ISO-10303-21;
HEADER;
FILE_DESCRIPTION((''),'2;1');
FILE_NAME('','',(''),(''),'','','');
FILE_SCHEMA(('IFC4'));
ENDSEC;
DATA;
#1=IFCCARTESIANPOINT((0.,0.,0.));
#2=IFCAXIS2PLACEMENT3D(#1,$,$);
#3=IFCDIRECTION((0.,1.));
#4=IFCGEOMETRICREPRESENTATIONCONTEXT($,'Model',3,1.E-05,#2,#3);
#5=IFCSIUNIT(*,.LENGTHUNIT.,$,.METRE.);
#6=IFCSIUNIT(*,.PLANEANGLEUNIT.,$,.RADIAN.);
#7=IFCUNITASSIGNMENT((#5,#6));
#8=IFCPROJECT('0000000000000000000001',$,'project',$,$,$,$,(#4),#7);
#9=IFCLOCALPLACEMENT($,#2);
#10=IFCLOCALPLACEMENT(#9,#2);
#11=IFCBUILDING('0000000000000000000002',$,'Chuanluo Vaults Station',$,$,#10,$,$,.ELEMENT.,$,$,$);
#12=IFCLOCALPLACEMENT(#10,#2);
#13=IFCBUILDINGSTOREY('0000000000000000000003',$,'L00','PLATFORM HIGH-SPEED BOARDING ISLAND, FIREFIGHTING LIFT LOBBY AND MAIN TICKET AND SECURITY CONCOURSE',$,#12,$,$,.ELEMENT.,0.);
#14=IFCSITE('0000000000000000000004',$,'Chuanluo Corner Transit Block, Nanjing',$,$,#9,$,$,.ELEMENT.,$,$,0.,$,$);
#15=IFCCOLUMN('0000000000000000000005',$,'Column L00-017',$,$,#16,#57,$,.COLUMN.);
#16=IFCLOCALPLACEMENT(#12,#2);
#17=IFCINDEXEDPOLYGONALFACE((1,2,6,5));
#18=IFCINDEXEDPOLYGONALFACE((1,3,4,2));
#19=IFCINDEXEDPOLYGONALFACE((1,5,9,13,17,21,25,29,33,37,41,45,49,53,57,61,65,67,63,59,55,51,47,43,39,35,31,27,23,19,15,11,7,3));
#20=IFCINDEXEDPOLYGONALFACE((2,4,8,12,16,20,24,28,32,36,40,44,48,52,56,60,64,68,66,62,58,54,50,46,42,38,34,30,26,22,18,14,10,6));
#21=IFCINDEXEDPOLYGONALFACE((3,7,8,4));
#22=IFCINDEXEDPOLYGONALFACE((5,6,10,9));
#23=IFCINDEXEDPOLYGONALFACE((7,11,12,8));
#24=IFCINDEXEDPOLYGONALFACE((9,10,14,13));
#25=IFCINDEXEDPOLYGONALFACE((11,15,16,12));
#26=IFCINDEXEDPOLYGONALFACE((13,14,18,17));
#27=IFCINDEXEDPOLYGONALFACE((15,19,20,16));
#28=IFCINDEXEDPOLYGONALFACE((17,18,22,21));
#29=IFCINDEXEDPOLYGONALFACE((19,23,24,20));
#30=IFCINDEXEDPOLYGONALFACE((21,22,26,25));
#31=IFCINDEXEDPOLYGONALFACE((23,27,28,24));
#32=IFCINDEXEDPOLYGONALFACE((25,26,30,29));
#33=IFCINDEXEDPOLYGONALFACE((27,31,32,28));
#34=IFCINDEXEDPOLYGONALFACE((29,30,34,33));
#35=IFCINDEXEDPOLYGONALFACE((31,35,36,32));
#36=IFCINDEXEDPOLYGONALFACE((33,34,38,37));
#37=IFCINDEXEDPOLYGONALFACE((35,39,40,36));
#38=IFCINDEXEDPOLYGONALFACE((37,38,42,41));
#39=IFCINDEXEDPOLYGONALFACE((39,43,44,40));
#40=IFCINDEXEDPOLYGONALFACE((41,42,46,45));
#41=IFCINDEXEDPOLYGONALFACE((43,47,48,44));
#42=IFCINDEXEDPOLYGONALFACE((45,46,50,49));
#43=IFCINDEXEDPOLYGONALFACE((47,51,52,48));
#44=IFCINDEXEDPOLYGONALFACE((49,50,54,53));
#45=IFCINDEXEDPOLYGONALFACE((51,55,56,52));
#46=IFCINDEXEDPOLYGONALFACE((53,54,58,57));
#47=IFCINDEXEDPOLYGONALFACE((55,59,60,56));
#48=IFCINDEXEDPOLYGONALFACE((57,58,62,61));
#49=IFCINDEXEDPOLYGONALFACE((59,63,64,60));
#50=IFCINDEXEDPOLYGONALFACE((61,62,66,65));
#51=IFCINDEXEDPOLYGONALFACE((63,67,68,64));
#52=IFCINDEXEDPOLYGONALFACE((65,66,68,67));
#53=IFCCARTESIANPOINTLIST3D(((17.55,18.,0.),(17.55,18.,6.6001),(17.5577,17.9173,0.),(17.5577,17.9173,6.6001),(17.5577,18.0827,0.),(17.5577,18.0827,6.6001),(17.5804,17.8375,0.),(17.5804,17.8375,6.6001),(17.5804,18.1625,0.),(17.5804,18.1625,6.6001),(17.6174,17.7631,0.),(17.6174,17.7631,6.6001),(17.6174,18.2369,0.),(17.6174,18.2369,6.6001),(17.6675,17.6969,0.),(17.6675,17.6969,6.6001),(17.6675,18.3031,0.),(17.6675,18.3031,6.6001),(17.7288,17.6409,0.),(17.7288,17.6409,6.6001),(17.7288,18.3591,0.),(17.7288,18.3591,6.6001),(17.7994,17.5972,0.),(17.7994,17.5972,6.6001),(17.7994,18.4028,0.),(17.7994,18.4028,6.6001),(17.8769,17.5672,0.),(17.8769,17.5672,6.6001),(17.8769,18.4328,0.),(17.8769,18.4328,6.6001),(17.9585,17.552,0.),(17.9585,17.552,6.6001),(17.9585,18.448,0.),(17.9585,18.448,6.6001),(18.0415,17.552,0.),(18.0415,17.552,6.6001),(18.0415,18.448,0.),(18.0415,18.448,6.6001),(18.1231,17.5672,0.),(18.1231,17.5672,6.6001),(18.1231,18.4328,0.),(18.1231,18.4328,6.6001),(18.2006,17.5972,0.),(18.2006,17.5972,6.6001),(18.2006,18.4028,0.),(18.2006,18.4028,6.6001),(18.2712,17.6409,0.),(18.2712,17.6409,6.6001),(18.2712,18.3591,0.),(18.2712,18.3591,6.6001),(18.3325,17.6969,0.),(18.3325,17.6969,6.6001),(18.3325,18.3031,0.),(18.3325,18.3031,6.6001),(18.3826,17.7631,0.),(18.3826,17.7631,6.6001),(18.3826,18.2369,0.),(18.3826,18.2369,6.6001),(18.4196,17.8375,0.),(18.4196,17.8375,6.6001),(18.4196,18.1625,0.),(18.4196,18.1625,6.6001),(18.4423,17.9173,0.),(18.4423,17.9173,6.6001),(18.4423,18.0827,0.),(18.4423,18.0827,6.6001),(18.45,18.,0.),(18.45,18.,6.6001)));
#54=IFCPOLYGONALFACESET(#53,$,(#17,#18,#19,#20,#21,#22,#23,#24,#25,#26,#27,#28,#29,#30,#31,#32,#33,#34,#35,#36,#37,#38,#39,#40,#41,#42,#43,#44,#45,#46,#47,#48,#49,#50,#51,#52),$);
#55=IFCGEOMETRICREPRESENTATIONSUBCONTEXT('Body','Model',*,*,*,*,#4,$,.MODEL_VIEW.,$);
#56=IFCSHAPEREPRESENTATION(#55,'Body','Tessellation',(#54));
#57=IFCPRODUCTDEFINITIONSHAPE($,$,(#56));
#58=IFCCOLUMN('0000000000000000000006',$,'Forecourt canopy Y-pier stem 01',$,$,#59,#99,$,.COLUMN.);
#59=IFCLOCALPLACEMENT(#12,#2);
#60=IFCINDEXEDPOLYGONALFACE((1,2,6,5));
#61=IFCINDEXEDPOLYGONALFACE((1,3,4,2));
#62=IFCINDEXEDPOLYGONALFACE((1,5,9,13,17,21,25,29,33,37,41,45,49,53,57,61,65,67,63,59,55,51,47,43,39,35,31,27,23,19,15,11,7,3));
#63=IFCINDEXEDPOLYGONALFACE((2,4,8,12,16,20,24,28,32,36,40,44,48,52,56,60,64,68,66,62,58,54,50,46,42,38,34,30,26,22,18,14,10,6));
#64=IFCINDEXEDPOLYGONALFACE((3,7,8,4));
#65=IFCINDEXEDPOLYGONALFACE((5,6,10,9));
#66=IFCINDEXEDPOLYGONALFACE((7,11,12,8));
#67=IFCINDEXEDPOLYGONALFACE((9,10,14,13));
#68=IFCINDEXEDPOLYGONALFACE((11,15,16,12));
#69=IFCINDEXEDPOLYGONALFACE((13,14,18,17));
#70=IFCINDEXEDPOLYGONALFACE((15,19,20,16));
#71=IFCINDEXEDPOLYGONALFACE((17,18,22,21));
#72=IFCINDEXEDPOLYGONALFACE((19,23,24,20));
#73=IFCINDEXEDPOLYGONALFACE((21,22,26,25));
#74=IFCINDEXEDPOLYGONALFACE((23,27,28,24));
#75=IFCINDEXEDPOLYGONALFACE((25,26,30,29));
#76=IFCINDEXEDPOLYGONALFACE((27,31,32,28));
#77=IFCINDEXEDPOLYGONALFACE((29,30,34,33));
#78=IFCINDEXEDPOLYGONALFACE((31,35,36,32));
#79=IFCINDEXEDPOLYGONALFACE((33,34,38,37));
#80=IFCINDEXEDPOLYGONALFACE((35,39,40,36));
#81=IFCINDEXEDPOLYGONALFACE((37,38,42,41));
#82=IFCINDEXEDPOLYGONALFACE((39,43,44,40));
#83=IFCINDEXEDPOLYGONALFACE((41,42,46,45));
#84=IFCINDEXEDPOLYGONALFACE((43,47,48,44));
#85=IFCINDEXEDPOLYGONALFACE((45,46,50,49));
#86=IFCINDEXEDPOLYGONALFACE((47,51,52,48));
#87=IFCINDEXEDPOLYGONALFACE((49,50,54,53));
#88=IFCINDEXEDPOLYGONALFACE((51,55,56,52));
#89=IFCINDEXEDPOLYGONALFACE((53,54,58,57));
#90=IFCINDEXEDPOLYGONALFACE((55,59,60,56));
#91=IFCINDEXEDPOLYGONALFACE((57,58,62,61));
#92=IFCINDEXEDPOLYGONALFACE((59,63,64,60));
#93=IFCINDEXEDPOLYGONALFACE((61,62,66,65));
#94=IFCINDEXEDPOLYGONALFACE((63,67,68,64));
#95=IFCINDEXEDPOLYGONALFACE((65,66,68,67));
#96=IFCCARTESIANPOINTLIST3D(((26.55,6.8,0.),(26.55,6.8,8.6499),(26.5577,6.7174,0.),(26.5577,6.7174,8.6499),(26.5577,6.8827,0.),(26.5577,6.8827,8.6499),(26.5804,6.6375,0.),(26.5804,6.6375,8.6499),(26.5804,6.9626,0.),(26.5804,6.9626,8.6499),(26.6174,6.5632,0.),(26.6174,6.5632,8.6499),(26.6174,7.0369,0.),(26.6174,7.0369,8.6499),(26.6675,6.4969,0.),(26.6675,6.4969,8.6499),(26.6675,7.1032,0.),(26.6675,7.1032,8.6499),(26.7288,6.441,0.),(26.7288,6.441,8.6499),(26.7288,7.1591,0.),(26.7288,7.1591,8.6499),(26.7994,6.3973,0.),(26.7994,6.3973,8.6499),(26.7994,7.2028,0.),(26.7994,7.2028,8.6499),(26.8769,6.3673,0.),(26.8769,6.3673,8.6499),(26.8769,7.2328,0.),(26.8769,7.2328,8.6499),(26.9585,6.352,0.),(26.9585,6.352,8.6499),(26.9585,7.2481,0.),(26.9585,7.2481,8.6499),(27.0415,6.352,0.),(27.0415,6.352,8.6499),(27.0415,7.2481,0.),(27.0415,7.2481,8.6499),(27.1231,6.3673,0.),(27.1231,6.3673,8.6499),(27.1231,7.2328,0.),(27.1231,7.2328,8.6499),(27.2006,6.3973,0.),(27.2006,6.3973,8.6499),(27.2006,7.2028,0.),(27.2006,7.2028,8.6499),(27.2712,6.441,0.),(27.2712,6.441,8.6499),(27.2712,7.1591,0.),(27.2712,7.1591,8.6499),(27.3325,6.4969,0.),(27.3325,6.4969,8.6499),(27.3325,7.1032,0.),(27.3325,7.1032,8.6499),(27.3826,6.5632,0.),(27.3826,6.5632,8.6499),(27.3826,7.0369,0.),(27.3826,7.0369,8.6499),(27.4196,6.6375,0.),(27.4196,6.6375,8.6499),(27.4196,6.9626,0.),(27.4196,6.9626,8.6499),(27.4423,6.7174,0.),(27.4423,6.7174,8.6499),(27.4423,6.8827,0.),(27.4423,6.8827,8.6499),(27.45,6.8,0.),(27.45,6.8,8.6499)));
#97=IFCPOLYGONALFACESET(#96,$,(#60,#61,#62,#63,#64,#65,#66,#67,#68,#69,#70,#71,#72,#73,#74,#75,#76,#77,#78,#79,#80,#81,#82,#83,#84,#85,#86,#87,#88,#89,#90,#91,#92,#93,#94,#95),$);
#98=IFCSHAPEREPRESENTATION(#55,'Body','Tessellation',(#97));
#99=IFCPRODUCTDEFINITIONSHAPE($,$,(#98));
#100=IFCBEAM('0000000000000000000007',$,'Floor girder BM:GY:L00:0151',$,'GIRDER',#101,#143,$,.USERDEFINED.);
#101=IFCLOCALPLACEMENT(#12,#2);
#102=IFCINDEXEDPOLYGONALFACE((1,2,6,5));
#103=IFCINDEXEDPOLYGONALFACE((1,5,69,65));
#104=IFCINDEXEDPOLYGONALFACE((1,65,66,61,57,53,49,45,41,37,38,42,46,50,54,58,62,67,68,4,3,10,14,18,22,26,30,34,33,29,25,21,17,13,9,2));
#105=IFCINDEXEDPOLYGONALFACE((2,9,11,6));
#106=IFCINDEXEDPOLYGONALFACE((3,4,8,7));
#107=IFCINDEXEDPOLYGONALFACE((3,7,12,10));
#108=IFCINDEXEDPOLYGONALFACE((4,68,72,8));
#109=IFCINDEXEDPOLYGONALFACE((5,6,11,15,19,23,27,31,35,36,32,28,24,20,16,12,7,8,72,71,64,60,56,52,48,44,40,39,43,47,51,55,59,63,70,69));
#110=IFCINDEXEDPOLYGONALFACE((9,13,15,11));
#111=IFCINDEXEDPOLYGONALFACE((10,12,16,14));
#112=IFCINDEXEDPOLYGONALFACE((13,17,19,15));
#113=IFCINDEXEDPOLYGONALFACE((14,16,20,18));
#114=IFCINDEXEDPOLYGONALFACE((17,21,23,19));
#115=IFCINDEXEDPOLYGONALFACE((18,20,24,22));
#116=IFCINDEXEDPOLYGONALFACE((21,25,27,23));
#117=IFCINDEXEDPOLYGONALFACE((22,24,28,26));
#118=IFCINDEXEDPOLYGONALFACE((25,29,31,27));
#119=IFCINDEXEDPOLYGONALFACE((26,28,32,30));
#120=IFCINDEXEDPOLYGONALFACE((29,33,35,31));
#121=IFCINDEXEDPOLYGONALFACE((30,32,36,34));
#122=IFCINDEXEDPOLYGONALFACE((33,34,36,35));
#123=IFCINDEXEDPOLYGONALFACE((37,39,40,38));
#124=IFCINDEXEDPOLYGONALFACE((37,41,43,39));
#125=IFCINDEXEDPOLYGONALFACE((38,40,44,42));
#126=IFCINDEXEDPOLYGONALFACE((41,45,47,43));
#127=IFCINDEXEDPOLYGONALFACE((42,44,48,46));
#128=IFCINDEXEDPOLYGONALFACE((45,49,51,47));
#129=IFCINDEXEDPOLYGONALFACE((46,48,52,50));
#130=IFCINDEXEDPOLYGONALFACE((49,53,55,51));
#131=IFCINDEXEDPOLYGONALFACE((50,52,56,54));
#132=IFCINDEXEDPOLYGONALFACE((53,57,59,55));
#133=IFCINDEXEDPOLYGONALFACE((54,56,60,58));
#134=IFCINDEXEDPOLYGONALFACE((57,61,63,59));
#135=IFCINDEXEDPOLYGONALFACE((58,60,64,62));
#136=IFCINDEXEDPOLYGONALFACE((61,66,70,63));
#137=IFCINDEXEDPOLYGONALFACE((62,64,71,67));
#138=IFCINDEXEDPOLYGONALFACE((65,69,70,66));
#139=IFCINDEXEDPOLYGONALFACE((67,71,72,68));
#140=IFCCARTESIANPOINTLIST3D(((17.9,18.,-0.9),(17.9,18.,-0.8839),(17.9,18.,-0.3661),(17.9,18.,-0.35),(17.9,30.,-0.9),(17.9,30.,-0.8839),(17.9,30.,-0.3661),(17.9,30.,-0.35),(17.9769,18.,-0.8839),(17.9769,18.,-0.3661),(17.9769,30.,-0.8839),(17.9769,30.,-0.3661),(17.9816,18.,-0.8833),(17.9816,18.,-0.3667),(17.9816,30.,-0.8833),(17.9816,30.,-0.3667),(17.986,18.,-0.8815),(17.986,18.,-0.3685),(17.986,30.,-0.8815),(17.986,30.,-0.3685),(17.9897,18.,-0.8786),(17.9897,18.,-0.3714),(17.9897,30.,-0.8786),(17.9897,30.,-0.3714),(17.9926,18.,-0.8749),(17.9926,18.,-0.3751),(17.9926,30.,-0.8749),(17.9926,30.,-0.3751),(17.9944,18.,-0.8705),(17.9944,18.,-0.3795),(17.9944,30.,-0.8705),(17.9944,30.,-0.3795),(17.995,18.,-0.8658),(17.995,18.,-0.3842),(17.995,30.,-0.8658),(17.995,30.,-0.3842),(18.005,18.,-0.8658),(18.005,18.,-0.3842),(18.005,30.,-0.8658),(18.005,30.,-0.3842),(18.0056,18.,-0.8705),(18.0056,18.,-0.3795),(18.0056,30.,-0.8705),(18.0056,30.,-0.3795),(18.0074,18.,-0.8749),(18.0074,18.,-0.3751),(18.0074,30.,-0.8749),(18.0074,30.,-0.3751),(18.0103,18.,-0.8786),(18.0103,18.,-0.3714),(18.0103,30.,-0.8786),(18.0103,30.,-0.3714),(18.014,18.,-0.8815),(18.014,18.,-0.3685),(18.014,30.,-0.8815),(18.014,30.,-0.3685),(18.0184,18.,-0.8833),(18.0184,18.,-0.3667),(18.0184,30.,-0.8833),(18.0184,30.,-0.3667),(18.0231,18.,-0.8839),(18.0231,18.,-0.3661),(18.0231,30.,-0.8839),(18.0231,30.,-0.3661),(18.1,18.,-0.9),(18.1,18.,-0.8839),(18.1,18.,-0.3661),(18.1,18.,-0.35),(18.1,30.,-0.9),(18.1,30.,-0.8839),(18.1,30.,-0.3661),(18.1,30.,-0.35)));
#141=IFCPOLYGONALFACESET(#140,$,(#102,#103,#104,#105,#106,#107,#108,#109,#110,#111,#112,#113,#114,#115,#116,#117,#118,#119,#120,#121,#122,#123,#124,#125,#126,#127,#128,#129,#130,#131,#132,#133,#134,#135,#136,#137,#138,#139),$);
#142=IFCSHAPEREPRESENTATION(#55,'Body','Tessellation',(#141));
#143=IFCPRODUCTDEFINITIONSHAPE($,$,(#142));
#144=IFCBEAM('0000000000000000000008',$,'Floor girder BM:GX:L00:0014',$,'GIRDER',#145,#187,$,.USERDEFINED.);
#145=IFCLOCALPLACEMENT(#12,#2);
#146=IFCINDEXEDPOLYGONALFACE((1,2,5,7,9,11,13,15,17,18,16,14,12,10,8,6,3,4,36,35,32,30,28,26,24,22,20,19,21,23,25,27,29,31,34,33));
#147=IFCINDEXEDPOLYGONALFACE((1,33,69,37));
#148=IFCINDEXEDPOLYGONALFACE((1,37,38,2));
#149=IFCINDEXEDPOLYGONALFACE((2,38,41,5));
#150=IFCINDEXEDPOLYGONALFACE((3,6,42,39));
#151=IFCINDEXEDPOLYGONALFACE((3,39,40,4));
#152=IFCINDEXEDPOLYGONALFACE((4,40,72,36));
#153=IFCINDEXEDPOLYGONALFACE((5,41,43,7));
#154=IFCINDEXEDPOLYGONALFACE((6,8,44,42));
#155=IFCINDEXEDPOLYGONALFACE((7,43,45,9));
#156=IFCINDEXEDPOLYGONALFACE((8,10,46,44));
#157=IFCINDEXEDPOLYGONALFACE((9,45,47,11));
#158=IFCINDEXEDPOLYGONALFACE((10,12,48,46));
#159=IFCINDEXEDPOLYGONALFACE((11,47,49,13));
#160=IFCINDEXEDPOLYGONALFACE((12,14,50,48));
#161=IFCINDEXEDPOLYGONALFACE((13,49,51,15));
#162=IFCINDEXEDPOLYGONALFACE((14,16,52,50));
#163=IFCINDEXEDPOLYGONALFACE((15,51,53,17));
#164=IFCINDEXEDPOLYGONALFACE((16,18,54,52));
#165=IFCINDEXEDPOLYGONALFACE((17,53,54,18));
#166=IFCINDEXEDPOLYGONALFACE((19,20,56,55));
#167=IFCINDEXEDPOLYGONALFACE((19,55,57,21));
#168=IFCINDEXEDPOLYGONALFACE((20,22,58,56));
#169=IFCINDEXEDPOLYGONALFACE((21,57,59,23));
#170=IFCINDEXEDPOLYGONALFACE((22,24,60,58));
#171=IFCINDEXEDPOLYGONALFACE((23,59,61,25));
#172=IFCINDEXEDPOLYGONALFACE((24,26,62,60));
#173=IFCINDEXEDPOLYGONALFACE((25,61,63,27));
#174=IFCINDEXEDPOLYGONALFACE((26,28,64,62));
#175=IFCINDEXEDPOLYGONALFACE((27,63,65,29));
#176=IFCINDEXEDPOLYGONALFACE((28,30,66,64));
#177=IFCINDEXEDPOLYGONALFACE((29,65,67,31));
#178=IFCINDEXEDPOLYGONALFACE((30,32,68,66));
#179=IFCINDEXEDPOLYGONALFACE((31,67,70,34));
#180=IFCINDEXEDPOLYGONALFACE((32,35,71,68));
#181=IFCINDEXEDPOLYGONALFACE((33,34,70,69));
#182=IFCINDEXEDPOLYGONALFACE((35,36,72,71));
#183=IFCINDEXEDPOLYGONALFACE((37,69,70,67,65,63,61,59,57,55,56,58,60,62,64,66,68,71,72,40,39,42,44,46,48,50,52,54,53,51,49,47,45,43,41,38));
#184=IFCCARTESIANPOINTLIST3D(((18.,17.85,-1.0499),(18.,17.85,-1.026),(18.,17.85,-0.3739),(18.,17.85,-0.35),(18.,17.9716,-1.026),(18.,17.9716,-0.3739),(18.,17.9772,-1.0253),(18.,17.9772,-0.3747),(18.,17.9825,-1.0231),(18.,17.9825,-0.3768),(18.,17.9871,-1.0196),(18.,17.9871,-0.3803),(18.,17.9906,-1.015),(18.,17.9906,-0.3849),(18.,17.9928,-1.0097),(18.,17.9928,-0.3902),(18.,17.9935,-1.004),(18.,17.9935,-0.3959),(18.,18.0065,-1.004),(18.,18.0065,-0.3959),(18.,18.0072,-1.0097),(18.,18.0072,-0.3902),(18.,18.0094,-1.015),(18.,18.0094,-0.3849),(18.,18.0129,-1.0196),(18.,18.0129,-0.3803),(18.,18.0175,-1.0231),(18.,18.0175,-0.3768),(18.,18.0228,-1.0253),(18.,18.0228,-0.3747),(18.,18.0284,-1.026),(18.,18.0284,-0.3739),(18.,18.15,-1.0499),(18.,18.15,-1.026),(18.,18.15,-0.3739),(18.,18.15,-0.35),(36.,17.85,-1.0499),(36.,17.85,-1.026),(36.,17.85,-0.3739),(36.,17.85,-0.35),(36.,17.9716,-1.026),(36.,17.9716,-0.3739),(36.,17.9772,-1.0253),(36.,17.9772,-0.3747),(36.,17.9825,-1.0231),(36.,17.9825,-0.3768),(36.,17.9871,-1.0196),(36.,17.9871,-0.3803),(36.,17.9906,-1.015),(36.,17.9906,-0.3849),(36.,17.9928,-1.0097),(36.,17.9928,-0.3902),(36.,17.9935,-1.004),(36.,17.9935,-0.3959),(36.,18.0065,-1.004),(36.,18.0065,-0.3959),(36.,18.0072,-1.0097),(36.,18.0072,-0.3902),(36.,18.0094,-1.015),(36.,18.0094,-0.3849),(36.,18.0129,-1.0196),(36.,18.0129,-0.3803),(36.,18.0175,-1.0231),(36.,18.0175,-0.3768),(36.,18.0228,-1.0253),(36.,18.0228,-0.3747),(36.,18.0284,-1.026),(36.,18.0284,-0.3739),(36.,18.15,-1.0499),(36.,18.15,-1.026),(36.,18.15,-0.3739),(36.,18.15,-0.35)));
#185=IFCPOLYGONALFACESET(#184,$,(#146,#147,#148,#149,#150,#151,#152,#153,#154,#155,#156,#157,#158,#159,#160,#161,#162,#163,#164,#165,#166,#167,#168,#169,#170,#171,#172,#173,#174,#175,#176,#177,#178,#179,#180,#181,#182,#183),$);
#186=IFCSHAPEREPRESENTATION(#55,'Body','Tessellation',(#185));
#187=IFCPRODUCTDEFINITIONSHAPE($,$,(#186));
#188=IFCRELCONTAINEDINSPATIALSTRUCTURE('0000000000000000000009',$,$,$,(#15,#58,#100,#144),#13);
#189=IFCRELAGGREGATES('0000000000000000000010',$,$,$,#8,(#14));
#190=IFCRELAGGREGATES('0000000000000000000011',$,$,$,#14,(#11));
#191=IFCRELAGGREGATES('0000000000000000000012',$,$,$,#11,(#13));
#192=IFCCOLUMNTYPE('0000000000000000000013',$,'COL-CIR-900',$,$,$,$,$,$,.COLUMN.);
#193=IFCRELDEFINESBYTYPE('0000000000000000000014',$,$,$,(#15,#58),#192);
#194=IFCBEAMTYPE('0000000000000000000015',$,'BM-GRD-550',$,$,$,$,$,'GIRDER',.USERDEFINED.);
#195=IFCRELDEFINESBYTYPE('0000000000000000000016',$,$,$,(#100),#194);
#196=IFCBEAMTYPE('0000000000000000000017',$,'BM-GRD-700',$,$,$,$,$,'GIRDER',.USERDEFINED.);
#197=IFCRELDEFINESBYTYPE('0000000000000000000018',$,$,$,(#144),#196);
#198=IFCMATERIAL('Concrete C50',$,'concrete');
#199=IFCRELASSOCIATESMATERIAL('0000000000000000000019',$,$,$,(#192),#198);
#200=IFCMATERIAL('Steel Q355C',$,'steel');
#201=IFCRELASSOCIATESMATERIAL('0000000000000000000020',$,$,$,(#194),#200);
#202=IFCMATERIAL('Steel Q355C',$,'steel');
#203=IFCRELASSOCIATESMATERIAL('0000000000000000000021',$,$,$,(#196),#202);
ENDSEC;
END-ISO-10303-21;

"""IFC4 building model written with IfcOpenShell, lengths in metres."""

from ifc_helpers import new_model, si_unit, direction, frame, origin, origin_2d, place, context, subcontext, project, spatial, circle, i_section, extrude, material, material_profile, profile_set, type_object, element, save


model = new_model("IFC4")

# Units and contexts
model_context = context("Model", 3, precision=1e-05, world=origin(), true_north=direction((0.0, 1.0)))
body_context = subcontext(model_context, "Body", "Model", "MODEL_VIEW")
ifc_project = project(units=[si_unit("LENGTHUNIT", "METRE"), si_unit("PLANEANGLEUNIT", "RADIAN")], contexts=[model_context])

# Site, building, storey
site_placement = place(None, origin())
site = spatial("IfcSite", under=ifc_project, at=site_placement, Name="Chuanluo Corner Transit Block, Nanjing", CompositionType="ELEMENT", RefElevation=0.0)
building_placement = place(site_placement, origin())
building = spatial("IfcBuilding", under=site, at=building_placement, Name="Chuanluo Vaults Station", CompositionType="ELEMENT")
storey_placement = place(building_placement, origin())
storey = spatial("IfcBuildingStorey", under=building, at=storey_placement, Name="L00", Description="PLATFORM HIGH-SPEED BOARDING ISLAND, FIREFIGHTING LIFT LOBBY AND MAIN TICKET AND SECURITY CONCOURSE", CompositionType="ELEMENT", Elevation=0.0)

# Columns
ifc_material_1 = material(Name="Concrete C50", Category="concrete")
ifc_material_profile_1 = material_profile(ifc_material_1, circle(Radius=0.45, at=origin_2d()))
ifc_profile_set_1 = profile_set([ifc_material_profile_1], Name="Concrete C50")
column_type = type_object("IfcColumnType", Name="COL-CIR-900", PredefinedType="COLUMN", material=ifc_profile_set_1)
column_1_placement = place(storey_placement, frame((18.0, 18.0, 0.0), z_axis=(0.0, 0.0, 1.0), x_axis=(1.0, 0.0, 0.0)))
element("IfcColumn", 1, at=column_1_placement, inside=storey, type_object=column_type, Name="Column L00-017", PredefinedType="COLUMN", context=body_context, shape_type="SweptSolid", body=[
    extrude(circle(Radius=0.45, at=origin_2d()), origin(), (0.0, 0.0, 1.0), 6.6001),
])
column_2_placement = place(storey_placement, frame((27.0, 6.8, 0.0), z_axis=(0.0, 0.0, 1.0), x_axis=(1.0, 0.0, 0.0)))
element("IfcColumn", 2, at=column_2_placement, inside=storey, type_object=column_type, Name="Forecourt canopy Y-pier stem 01", PredefinedType="COLUMN", context=body_context, shape_type="SweptSolid", body=[
    extrude(circle(Radius=0.45, at=origin_2d()), origin(), (0.0, 0.0, 1.0), 8.6499),
])

# Beams
ifc_material_2 = material(Name="Steel Q355C", Category="steel")
ifc_material_profile_2 = material_profile(ifc_material_2, i_section(OverallWidth=0.2, OverallDepth=0.55, WebThickness=0.01, FlangeThickness=0.0161, FilletRadius=0.0181, at=origin_2d()))
ifc_profile_set_2 = profile_set([ifc_material_profile_2], Name="Steel Q355C")
beam_type_1 = type_object("IfcBeamType", Name="BM-GRD-550", ElementType="GIRDER", PredefinedType="USERDEFINED", material=ifc_profile_set_2)
beam_1_placement = place(storey_placement, frame((18.0, 18.0, -0.625), z_axis=(0.0, 1.0, 0.0), x_axis=(-1.0, 0.0, 0.0)))
element("IfcBeam", 3, at=beam_1_placement, inside=storey, type_object=beam_type_1, Name="Floor girder BM:GY:L00:0151", ObjectType="GIRDER", PredefinedType="USERDEFINED", context=body_context, shape_type="SweptSolid", body=[
    extrude(i_section(OverallWidth=0.2, OverallDepth=0.55, WebThickness=0.01, FlangeThickness=0.0161, FilletRadius=0.0181, at=origin_2d()), origin(), (0.0, 0.0, 1.0), 12.0),
])
ifc_material_3 = material(Name="Steel Q355C", Category="steel")
ifc_material_profile_3 = material_profile(ifc_material_3, i_section(OverallWidth=0.3, OverallDepth=0.7, WebThickness=0.0129, FlangeThickness=0.0239, FilletRadius=0.022, at=origin_2d()))
ifc_profile_set_3 = profile_set([ifc_material_profile_3], Name="Steel Q355C")
beam_type_2 = type_object("IfcBeamType", Name="BM-GRD-700", ElementType="GIRDER", PredefinedType="USERDEFINED", material=ifc_profile_set_3)
beam_2_placement = place(storey_placement, frame((18.0, 18.0, -0.7), z_axis=(1.0, 0.0, 0.0), x_axis=(0.0, 1.0, 0.0)))
element("IfcBeam", 4, at=beam_2_placement, inside=storey, type_object=beam_type_2, Name="Floor girder BM:GX:L00:0014", ObjectType="GIRDER", PredefinedType="USERDEFINED", context=body_context, shape_type="SweptSolid", body=[
    extrude(i_section(OverallWidth=0.3, OverallDepth=0.7, WebThickness=0.0129, FlangeThickness=0.0239, FilletRadius=0.022, at=origin_2d()), origin(), (0.0, 0.0, 1.0), 18.0),
])

save(model, "model.ifc")
